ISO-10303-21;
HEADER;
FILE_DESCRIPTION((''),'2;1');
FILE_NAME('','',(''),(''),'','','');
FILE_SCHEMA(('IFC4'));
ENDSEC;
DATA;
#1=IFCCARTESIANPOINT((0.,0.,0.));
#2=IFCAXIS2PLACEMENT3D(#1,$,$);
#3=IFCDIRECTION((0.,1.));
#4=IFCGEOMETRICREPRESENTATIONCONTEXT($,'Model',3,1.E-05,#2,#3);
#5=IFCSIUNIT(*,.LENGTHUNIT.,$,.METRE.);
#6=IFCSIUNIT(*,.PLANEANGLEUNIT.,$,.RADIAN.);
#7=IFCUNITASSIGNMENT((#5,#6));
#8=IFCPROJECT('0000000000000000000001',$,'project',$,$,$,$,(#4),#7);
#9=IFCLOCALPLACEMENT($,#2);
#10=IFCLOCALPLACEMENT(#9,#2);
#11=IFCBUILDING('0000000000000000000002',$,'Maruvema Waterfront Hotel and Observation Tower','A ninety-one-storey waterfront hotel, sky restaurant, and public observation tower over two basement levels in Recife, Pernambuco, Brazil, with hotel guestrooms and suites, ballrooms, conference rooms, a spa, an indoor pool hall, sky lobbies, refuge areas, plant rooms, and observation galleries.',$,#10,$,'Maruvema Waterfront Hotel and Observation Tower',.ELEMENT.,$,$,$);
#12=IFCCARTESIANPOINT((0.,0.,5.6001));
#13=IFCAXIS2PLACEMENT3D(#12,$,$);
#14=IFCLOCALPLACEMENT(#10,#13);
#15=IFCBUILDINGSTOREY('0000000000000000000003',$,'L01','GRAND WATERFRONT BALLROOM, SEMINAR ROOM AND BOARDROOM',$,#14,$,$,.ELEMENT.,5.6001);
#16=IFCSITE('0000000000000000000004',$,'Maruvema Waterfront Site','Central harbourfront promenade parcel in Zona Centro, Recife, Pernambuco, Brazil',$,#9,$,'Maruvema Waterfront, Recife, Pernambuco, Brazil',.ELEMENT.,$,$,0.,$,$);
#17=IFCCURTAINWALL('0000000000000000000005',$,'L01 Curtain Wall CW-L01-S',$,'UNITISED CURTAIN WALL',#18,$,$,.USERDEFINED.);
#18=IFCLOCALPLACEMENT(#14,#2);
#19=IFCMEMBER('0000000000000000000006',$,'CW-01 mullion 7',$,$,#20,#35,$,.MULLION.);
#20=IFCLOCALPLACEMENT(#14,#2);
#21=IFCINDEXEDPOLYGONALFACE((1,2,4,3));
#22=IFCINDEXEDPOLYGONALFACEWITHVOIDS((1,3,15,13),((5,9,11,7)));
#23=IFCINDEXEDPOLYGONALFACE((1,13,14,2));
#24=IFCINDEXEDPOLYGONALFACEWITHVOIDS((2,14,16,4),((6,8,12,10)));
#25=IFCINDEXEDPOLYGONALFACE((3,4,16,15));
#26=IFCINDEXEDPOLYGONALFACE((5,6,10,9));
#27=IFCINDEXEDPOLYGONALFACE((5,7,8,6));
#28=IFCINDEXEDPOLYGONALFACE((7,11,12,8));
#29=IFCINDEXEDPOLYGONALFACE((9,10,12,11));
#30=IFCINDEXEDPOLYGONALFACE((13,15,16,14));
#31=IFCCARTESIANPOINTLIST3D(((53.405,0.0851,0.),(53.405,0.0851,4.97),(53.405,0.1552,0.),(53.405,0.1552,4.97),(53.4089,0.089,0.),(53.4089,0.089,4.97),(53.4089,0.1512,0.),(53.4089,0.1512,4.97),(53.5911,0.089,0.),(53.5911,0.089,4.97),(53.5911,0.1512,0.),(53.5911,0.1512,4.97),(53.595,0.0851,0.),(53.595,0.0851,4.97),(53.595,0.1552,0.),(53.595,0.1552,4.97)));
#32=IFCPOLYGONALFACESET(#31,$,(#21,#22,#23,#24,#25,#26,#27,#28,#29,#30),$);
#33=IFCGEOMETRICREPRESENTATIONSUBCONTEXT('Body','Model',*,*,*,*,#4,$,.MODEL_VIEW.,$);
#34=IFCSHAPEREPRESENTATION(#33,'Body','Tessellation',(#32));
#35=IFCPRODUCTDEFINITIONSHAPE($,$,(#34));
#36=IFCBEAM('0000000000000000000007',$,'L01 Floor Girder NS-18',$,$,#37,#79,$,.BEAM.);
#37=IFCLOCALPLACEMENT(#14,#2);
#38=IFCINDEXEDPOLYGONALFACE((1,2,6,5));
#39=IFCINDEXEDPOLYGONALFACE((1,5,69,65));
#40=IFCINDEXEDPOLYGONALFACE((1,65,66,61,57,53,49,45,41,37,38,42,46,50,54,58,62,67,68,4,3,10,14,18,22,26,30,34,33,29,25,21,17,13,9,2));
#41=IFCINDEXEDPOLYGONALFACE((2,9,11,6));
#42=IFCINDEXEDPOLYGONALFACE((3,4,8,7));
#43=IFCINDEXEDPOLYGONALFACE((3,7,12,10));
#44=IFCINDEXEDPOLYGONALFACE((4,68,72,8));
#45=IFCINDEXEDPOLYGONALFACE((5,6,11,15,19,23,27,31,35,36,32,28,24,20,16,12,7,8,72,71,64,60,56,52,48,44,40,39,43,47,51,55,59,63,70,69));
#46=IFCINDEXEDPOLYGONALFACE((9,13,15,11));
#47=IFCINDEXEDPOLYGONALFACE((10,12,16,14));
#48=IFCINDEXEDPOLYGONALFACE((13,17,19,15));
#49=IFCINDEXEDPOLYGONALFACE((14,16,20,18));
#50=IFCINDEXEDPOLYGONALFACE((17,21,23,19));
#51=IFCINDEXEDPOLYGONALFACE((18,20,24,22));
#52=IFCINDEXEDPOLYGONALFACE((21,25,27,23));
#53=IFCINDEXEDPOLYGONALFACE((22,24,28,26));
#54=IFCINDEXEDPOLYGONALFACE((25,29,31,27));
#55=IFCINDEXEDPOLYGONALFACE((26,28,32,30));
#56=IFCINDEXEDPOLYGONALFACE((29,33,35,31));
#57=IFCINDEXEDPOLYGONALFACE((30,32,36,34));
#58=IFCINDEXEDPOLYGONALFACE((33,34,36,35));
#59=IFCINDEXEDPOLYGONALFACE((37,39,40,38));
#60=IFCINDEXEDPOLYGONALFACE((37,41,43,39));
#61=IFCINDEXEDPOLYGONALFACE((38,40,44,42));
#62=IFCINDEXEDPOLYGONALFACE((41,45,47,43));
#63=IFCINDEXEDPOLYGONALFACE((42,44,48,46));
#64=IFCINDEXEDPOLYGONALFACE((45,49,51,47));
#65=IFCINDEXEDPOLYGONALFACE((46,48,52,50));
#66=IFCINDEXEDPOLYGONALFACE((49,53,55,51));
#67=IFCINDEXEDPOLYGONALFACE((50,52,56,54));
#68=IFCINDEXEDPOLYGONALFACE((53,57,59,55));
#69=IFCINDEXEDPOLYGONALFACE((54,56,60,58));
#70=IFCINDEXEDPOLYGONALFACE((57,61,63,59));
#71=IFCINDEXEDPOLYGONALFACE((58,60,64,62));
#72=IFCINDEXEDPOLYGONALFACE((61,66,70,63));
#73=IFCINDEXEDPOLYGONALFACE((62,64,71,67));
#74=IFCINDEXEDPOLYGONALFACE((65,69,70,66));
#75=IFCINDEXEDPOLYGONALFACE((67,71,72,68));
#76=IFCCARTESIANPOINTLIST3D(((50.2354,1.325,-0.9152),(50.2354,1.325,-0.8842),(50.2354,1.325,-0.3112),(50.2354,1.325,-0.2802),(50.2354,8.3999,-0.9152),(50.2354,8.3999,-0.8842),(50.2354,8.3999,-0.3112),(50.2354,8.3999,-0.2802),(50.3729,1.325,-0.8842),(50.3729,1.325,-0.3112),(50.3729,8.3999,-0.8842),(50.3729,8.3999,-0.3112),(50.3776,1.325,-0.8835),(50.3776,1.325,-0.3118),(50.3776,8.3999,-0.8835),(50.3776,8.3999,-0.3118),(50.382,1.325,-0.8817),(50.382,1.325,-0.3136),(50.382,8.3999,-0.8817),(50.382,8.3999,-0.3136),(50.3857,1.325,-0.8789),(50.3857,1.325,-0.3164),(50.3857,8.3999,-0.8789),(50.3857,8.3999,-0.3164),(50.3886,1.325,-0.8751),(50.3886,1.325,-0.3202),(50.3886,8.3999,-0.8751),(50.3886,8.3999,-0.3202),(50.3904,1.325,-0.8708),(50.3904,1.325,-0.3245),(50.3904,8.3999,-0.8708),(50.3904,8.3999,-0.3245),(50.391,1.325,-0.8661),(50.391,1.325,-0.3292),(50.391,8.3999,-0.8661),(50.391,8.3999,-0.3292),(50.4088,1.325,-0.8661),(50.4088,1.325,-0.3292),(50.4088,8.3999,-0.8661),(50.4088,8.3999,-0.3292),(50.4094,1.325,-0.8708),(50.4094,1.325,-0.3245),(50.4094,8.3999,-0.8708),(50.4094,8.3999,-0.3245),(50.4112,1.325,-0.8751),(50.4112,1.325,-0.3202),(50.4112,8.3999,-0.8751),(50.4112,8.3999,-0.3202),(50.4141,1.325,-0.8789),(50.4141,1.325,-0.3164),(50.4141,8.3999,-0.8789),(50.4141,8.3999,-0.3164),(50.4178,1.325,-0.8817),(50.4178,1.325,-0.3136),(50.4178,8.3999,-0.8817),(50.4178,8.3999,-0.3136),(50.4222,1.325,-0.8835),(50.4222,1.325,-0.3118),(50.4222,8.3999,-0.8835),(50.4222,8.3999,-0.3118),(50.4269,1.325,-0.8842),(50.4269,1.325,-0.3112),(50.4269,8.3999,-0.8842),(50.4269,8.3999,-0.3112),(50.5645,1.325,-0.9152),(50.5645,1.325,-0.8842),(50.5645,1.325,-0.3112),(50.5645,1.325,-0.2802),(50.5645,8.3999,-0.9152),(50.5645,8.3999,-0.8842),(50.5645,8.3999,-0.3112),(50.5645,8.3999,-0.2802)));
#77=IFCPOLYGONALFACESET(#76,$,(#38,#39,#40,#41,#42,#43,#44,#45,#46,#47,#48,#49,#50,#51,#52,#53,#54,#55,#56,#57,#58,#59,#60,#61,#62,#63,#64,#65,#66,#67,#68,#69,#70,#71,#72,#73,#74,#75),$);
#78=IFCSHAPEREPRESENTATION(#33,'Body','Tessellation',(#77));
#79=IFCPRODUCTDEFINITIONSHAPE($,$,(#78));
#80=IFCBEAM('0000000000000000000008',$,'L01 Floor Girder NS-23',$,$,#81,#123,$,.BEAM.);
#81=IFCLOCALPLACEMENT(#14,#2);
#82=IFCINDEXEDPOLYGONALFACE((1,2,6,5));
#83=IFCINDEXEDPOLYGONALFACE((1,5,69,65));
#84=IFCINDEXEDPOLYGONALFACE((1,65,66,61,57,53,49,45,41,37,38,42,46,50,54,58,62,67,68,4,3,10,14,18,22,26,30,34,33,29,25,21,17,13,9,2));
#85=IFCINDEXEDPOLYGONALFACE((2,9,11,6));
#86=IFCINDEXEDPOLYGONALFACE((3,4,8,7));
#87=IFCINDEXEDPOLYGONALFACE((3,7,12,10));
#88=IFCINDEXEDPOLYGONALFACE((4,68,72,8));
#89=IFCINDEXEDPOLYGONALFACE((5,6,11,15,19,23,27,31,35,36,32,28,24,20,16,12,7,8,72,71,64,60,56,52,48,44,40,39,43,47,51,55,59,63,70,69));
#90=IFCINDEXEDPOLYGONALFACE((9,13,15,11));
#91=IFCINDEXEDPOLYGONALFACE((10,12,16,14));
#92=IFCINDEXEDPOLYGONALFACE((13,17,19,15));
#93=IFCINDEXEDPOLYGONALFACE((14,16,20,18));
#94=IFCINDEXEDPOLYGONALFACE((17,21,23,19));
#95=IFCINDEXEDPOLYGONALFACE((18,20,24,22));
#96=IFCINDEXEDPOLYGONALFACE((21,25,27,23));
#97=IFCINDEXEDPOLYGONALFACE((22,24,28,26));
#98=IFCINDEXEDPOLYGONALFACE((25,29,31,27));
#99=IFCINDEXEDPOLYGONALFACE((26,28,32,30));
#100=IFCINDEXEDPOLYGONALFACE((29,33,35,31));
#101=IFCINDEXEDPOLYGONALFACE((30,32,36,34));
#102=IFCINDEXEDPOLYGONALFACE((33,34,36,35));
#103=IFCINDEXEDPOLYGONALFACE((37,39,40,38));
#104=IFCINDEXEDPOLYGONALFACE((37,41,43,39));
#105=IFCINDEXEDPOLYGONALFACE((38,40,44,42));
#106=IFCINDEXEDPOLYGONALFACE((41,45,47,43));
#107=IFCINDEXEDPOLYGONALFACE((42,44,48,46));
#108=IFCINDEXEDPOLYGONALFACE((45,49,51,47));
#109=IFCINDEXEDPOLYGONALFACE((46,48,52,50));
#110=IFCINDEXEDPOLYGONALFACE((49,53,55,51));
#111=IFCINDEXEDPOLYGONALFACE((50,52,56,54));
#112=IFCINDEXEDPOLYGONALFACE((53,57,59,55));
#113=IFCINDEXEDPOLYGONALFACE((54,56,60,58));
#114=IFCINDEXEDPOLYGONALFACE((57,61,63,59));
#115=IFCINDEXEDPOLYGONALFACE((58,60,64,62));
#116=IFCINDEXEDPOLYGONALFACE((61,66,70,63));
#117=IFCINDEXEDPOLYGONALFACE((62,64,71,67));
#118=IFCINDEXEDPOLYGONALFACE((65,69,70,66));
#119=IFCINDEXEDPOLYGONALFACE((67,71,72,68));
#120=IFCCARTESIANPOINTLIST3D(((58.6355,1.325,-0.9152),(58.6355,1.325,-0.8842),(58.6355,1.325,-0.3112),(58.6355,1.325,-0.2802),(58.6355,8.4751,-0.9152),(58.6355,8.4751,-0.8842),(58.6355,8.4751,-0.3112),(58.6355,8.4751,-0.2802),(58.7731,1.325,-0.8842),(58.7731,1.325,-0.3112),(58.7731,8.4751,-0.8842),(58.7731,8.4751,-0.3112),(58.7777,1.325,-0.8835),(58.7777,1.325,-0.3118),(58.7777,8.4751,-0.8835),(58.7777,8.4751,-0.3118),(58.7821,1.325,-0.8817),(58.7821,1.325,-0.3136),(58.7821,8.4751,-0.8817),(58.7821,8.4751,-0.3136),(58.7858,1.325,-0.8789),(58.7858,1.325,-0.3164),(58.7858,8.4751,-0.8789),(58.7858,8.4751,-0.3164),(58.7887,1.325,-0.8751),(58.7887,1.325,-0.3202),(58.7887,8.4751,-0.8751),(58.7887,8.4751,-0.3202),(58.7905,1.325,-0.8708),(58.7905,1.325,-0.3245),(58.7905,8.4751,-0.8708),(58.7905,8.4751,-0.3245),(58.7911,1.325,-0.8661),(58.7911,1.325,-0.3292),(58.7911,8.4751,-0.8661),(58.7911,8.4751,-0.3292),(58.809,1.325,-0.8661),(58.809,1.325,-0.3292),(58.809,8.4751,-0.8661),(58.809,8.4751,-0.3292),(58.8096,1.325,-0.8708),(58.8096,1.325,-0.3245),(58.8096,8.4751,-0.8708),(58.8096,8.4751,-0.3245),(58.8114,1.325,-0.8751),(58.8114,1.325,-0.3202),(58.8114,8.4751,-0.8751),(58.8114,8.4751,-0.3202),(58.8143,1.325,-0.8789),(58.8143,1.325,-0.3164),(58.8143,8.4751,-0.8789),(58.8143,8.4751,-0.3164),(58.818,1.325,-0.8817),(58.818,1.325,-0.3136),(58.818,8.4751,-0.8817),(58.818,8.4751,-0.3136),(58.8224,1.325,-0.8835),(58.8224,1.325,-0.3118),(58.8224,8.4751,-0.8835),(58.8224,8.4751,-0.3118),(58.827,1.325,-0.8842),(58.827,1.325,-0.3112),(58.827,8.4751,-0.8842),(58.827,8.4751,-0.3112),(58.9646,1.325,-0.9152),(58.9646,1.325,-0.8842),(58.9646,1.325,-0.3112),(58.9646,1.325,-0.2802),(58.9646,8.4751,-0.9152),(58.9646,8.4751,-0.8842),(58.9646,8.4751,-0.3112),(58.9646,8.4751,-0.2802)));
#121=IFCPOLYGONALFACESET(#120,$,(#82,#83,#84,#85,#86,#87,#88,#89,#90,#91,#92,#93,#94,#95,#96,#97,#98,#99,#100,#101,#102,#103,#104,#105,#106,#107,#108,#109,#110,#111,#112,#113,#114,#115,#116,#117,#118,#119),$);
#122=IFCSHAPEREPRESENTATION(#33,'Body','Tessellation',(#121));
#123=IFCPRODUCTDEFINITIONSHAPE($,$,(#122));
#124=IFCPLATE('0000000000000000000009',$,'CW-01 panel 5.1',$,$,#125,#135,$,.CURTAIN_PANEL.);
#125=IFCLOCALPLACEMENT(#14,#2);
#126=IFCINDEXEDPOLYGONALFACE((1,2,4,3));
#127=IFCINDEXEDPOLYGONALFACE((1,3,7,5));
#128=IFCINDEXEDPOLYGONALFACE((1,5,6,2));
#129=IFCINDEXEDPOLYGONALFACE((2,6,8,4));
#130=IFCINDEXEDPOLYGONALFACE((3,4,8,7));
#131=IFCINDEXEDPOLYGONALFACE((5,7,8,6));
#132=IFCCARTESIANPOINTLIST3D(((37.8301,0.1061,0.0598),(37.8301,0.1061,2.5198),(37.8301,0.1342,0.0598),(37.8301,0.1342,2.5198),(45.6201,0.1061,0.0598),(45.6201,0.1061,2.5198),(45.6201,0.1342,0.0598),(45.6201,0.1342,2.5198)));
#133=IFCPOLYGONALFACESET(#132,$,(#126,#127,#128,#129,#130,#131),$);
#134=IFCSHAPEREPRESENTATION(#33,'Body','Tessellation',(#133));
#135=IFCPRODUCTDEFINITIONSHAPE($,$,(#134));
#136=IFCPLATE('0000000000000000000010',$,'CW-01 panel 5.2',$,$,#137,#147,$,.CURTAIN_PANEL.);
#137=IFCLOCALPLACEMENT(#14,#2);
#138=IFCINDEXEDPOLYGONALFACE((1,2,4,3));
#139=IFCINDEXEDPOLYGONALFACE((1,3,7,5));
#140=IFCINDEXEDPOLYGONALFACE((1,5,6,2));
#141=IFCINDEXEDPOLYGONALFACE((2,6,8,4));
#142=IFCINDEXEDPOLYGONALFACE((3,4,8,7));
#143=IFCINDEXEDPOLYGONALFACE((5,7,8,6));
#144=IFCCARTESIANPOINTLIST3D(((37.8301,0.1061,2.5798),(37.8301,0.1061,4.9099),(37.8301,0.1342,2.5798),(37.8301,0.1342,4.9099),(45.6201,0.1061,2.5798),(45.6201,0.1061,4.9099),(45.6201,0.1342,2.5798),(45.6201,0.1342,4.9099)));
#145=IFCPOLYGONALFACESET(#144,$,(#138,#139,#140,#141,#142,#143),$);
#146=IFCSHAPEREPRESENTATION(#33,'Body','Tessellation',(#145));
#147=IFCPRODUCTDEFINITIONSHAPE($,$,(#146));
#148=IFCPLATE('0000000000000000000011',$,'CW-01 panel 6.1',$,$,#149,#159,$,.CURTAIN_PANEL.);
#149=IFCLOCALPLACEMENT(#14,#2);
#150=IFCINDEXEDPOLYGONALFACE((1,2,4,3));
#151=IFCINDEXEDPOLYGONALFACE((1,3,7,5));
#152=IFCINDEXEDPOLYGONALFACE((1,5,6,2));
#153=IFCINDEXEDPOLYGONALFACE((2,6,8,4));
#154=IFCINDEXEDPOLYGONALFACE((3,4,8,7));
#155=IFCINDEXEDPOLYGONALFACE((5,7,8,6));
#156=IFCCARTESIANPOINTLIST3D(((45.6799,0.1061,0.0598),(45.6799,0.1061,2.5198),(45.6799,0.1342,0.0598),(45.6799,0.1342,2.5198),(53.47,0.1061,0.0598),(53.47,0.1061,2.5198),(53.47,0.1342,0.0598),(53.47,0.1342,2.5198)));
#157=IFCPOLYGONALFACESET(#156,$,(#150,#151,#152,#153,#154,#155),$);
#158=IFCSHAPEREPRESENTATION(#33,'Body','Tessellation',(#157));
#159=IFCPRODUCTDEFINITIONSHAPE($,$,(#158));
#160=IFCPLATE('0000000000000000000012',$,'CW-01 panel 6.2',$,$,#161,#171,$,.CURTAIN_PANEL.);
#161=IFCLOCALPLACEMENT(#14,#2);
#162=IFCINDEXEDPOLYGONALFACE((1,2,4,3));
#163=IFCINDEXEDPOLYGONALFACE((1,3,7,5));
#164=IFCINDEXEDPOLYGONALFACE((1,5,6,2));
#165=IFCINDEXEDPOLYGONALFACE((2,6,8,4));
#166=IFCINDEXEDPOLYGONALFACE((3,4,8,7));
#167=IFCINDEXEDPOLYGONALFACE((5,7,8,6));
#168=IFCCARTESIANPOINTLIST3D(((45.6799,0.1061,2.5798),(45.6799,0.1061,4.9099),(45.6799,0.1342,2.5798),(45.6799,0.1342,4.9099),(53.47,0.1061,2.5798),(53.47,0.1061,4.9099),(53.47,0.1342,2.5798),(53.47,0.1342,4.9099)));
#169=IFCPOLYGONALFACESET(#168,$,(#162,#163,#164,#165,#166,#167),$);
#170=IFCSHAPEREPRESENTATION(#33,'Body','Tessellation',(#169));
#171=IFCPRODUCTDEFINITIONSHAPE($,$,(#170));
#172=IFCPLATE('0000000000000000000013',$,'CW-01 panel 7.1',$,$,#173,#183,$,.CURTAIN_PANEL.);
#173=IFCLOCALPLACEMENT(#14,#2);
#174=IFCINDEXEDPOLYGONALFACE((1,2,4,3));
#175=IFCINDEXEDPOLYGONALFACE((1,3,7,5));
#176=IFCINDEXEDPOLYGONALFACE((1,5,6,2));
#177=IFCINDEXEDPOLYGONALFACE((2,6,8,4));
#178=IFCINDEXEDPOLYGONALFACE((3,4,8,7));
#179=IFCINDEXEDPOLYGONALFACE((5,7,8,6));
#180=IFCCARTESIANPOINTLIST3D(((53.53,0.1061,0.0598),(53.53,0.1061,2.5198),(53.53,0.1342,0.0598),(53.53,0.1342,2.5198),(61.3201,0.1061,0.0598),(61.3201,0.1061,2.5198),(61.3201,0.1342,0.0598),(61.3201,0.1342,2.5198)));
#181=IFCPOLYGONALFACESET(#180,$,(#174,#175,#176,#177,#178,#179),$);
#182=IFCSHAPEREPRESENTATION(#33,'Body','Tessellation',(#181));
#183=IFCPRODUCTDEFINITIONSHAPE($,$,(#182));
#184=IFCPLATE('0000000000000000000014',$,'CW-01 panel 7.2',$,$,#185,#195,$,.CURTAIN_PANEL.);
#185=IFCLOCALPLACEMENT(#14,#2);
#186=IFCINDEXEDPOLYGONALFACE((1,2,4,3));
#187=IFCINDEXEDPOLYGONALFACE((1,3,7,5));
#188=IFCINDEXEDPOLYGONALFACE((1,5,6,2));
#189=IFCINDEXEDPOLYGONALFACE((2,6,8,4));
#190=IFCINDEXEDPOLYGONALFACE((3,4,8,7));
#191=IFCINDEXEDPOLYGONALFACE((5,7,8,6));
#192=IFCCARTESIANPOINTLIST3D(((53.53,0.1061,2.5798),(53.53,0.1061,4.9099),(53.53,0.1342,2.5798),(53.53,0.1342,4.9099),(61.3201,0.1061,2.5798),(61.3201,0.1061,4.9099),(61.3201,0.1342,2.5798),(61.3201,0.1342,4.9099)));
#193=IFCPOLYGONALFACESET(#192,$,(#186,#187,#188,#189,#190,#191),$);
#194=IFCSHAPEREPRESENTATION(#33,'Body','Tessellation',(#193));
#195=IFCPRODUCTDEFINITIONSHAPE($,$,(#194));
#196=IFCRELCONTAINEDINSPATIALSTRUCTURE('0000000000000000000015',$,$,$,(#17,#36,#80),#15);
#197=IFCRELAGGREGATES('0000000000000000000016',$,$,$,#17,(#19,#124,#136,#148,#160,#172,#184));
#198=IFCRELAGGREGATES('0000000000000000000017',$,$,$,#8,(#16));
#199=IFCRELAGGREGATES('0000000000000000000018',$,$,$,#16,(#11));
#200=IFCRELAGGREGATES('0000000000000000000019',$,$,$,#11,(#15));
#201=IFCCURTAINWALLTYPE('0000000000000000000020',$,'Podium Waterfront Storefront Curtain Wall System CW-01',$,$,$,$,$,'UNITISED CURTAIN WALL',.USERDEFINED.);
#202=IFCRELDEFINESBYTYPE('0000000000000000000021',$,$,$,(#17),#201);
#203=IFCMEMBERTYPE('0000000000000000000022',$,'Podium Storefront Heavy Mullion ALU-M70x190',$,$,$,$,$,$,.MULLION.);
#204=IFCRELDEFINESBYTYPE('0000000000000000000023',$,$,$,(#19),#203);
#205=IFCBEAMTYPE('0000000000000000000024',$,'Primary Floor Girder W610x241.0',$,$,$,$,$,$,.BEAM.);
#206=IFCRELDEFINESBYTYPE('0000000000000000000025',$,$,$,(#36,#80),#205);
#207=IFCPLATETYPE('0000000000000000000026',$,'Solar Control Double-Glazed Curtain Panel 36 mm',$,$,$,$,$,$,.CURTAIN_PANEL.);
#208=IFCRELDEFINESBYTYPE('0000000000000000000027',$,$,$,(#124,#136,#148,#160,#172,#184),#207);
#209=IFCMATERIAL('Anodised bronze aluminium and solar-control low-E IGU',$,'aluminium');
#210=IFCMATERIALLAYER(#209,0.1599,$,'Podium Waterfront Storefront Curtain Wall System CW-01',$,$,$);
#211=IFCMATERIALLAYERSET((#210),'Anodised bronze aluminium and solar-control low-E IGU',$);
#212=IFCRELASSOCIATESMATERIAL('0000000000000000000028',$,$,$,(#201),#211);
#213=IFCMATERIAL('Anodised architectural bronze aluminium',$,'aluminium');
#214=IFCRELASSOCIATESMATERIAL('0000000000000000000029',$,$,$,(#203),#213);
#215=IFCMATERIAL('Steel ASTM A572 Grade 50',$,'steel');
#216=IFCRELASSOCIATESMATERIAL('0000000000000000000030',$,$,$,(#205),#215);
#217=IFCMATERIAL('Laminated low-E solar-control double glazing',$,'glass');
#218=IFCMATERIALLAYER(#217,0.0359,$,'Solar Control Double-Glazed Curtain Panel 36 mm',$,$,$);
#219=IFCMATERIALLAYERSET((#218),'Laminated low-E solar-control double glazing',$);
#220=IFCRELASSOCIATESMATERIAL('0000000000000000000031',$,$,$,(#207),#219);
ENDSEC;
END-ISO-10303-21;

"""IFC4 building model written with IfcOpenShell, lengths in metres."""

from ifc_helpers import new_model, si_unit, direction, frame, origin, origin_2d, place, context, subcontext, project, spatial, rectangle, hollow_rectangle, i_section, extrude, material, layer, layer_set, material_profile, profile_set, type_object, element, aggregate, save


model = new_model("IFC4")

# Units and contexts
model_context = context("Model", 3, precision=1e-05, world=origin(), true_north=direction((0.0, 1.0)))
body_context = subcontext(model_context, "Body", "Model", "MODEL_VIEW")
ifc_project = project(units=[si_unit("LENGTHUNIT", "METRE"), si_unit("PLANEANGLEUNIT", "RADIAN")], contexts=[model_context])

# Site, building, storey
site_placement = place(None, origin())
site = spatial("IfcSite", under=ifc_project, at=site_placement, Name="Maruvema Waterfront Site", Description="Central harbourfront promenade parcel in Zona Centro, Recife, Pernambuco, Brazil", LongName="Maruvema Waterfront, Recife, Pernambuco, Brazil", CompositionType="ELEMENT", RefElevation=0.0)
building_placement = place(site_placement, origin())
building = spatial("IfcBuilding", under=site, at=building_placement, Name="Maruvema Waterfront Hotel and Observation Tower", Description="A ninety-one-storey waterfront hotel, sky restaurant, and public observation tower over two basement levels in Recife, Pernambuco, Brazil, with hotel guestrooms and suites, ballrooms, conference rooms, a spa, an indoor pool hall, sky lobbies, refuge areas, plant rooms, and observation galleries.", LongName="Maruvema Waterfront Hotel and Observation Tower", CompositionType="ELEMENT")
storey_placement = place(building_placement, frame((0.0, 0.0, 5.6001)))
storey = spatial("IfcBuildingStorey", under=building, at=storey_placement, Name="L01", Description="GRAND WATERFRONT BALLROOM, SEMINAR ROOM AND BOARDROOM", CompositionType="ELEMENT", Elevation=5.6001)

# Curtain wall
ifc_material_1 = material(Name="Anodised bronze aluminium and solar-control low-E IGU", Category="aluminium")
ifc_layer_1 = layer(ifc_material_1, 0.1599, Name="Podium Waterfront Storefront Curtain Wall System CW-01")
ifc_layer_set_1 = layer_set([ifc_layer_1], Name="Anodised bronze aluminium and solar-control low-E IGU")
curtain_wall_type = type_object("IfcCurtainWallType", Name="Podium Waterfront Storefront Curtain Wall System CW-01", ElementType="UNITISED CURTAIN WALL", PredefinedType="USERDEFINED", material=ifc_layer_set_1)
curtain_wall_placement = place(storey_placement, origin())
curtain_wall = element("IfcCurtainWall", 1, at=curtain_wall_placement, inside=storey, type_object=curtain_wall_type, Name="L01 Curtain Wall CW-L01-S", ObjectType="UNITISED CURTAIN WALL", PredefinedType="USERDEFINED")

# Member
ifc_material_2 = material(Name="Anodised architectural bronze aluminium", Category="aluminium")
ifc_material_profile_1 = material_profile(ifc_material_2, hollow_rectangle(XDim=0.0701, YDim=0.1899, WallThickness=0.0039, at=origin_2d()), Name="ALU-M70x190")
ifc_profile_set_1 = profile_set([ifc_material_profile_1], Name="Anodised architectural bronze aluminium")
member_type_1 = type_object("IfcMemberType", Name="Podium Storefront Heavy Mullion ALU-M70x190", PredefinedType="MULLION", material=ifc_profile_set_1)
member_1_placement = place(storey_placement, frame((53.5, 0.1201, 0.0), z_axis=(0.0, 0.0, 1.0), x_axis=(0.0, 1.0, 0.0)))
member_1 = element("IfcMember", 2, at=member_1_placement, type_object=member_type_1, Name="CW-01 mullion 7", PredefinedType="MULLION", context=body_context, shape_type="SweptSolid", body=[
    extrude(hollow_rectangle(XDim=0.0701, YDim=0.1899, WallThickness=0.0039, at=origin_2d()), origin(), (0.0, 0.0, 1.0), 4.97),
])

# Beams
ifc_material_3 = material(Name="Steel ASTM A572 Grade 50", Category="steel")
ifc_material_profile_2 = material_profile(ifc_material_3, i_section(OverallWidth=0.3291, OverallDepth=0.635, WebThickness=0.0178, FlangeThickness=0.031, FilletRadius=0.0181, at=origin_2d()), Name="W610x241.0")
ifc_profile_set_2 = profile_set([ifc_material_profile_2], Name="Steel ASTM A572 Grade 50")
beam_type_1 = type_object("IfcBeamType", Name="Primary Floor Girder W610x241.0", PredefinedType="BEAM", material=ifc_profile_set_2)
beam_1_placement = place(storey_placement, frame((50.3999, 1.325, -0.5977), z_axis=(0.0, 1.0, 0.0), x_axis=(-1.0, 0.0, 0.0)))
element("IfcBeam", 3, at=beam_1_placement, inside=storey, type_object=beam_type_1, Name="L01 Floor Girder NS-18", PredefinedType="BEAM", context=body_context, shape_type="SweptSolid", body=[
    extrude(i_section(OverallWidth=0.3291, OverallDepth=0.635, WebThickness=0.0178, FlangeThickness=0.031, FilletRadius=0.0181, at=origin_2d()), origin(), (0.0, 0.0, 1.0), 7.075),
])
beam_2_placement = place(storey_placement, frame((58.8, 1.325, -0.5977), z_axis=(0.0, 1.0, 0.0), x_axis=(-1.0, 0.0, 0.0)))
element("IfcBeam", 4, at=beam_2_placement, inside=storey, type_object=beam_type_1, Name="L01 Floor Girder NS-23", PredefinedType="BEAM", context=body_context, shape_type="SweptSolid", body=[
    extrude(i_section(OverallWidth=0.3291, OverallDepth=0.635, WebThickness=0.0178, FlangeThickness=0.031, FilletRadius=0.0181, at=origin_2d()), origin(), (0.0, 0.0, 1.0), 7.1501),
])

# Plates
ifc_material_4 = material(Name="Laminated low-E solar-control double glazing", Category="glass")
ifc_layer_2 = layer(ifc_material_4, 0.0359, Name="Solar Control Double-Glazed Curtain Panel 36 mm")
ifc_layer_set_2 = layer_set([ifc_layer_2], Name="Laminated low-E solar-control double glazing")
plate_type = type_object("IfcPlateType", Name="Solar Control Double-Glazed Curtain Panel 36 mm", PredefinedType="CURTAIN_PANEL", material=ifc_layer_set_2)
plate_1_placement = place(storey_placement, frame((41.7251, 0.1201, 0.0598), z_axis=(0.0, 0.0, 1.0), x_axis=(1.0, 0.0, 0.0)))
plate_1 = element("IfcPlate", 5, at=plate_1_placement, type_object=plate_type, Name="CW-01 panel 5.1", PredefinedType="CURTAIN_PANEL", context=body_context, shape_type="SweptSolid", body=[
    extrude(rectangle(XDim=7.79, YDim=0.0281, at=origin_2d()), origin(), (0.0, 0.0, 1.0), 2.46),
])
plate_2_placement = place(storey_placement, frame((41.7251, 0.1201, 2.5798), z_axis=(0.0, 0.0, 1.0), x_axis=(1.0, 0.0, 0.0)))
plate_2 = element("IfcPlate", 6, at=plate_2_placement, type_object=plate_type, Name="CW-01 panel 5.2", PredefinedType="CURTAIN_PANEL", context=body_context, shape_type="SweptSolid", body=[
    extrude(rectangle(XDim=7.79, YDim=0.0281, at=origin_2d()), origin(), (0.0, 0.0, 1.0), 2.3301),
])
plate_3_placement = place(storey_placement, frame((49.575, 0.1201, 0.0598), z_axis=(0.0, 0.0, 1.0), x_axis=(1.0, 0.0, 0.0)))
plate_3 = element("IfcPlate", 7, at=plate_3_placement, type_object=plate_type, Name="CW-01 panel 6.1", PredefinedType="CURTAIN_PANEL", context=body_context, shape_type="SweptSolid", body=[
    extrude(rectangle(XDim=7.79, YDim=0.0281, at=origin_2d()), origin(), (0.0, 0.0, 1.0), 2.46),
])
plate_4_placement = place(storey_placement, frame((49.575, 0.1201, 2.5798), z_axis=(0.0, 0.0, 1.0), x_axis=(1.0, 0.0, 0.0)))
plate_4 = element("IfcPlate", 8, at=plate_4_placement, type_object=plate_type, Name="CW-01 panel 6.2", PredefinedType="CURTAIN_PANEL", context=body_context, shape_type="SweptSolid", body=[
    extrude(rectangle(XDim=7.79, YDim=0.0281, at=origin_2d()), origin(), (0.0, 0.0, 1.0), 2.3301),
])
plate_5_placement = place(storey_placement, frame((57.425, 0.1201, 0.0598), z_axis=(0.0, 0.0, 1.0), x_axis=(1.0, 0.0, 0.0)))
plate_5 = element("IfcPlate", 9, at=plate_5_placement, type_object=plate_type, Name="CW-01 panel 7.1", PredefinedType="CURTAIN_PANEL", context=body_context, shape_type="SweptSolid", body=[
    extrude(rectangle(XDim=7.79, YDim=0.0281, at=origin_2d()), origin(), (0.0, 0.0, 1.0), 2.46),
])
plate_6_placement = place(storey_placement, frame((57.425, 0.1201, 2.5798), z_axis=(0.0, 0.0, 1.0), x_axis=(1.0, 0.0, 0.0)))
plate_6 = element("IfcPlate", 10, at=plate_6_placement, type_object=plate_type, Name="CW-01 panel 7.2", PredefinedType="CURTAIN_PANEL", context=body_context, shape_type="SweptSolid", body=[
    extrude(rectangle(XDim=7.79, YDim=0.0281, at=origin_2d()), origin(), (0.0, 0.0, 1.0), 2.3301),
])
aggregate(curtain_wall, [member_1, plate_1, plate_2, plate_3, plate_4, plate_5, plate_6])

save(model, "model.ifc")
